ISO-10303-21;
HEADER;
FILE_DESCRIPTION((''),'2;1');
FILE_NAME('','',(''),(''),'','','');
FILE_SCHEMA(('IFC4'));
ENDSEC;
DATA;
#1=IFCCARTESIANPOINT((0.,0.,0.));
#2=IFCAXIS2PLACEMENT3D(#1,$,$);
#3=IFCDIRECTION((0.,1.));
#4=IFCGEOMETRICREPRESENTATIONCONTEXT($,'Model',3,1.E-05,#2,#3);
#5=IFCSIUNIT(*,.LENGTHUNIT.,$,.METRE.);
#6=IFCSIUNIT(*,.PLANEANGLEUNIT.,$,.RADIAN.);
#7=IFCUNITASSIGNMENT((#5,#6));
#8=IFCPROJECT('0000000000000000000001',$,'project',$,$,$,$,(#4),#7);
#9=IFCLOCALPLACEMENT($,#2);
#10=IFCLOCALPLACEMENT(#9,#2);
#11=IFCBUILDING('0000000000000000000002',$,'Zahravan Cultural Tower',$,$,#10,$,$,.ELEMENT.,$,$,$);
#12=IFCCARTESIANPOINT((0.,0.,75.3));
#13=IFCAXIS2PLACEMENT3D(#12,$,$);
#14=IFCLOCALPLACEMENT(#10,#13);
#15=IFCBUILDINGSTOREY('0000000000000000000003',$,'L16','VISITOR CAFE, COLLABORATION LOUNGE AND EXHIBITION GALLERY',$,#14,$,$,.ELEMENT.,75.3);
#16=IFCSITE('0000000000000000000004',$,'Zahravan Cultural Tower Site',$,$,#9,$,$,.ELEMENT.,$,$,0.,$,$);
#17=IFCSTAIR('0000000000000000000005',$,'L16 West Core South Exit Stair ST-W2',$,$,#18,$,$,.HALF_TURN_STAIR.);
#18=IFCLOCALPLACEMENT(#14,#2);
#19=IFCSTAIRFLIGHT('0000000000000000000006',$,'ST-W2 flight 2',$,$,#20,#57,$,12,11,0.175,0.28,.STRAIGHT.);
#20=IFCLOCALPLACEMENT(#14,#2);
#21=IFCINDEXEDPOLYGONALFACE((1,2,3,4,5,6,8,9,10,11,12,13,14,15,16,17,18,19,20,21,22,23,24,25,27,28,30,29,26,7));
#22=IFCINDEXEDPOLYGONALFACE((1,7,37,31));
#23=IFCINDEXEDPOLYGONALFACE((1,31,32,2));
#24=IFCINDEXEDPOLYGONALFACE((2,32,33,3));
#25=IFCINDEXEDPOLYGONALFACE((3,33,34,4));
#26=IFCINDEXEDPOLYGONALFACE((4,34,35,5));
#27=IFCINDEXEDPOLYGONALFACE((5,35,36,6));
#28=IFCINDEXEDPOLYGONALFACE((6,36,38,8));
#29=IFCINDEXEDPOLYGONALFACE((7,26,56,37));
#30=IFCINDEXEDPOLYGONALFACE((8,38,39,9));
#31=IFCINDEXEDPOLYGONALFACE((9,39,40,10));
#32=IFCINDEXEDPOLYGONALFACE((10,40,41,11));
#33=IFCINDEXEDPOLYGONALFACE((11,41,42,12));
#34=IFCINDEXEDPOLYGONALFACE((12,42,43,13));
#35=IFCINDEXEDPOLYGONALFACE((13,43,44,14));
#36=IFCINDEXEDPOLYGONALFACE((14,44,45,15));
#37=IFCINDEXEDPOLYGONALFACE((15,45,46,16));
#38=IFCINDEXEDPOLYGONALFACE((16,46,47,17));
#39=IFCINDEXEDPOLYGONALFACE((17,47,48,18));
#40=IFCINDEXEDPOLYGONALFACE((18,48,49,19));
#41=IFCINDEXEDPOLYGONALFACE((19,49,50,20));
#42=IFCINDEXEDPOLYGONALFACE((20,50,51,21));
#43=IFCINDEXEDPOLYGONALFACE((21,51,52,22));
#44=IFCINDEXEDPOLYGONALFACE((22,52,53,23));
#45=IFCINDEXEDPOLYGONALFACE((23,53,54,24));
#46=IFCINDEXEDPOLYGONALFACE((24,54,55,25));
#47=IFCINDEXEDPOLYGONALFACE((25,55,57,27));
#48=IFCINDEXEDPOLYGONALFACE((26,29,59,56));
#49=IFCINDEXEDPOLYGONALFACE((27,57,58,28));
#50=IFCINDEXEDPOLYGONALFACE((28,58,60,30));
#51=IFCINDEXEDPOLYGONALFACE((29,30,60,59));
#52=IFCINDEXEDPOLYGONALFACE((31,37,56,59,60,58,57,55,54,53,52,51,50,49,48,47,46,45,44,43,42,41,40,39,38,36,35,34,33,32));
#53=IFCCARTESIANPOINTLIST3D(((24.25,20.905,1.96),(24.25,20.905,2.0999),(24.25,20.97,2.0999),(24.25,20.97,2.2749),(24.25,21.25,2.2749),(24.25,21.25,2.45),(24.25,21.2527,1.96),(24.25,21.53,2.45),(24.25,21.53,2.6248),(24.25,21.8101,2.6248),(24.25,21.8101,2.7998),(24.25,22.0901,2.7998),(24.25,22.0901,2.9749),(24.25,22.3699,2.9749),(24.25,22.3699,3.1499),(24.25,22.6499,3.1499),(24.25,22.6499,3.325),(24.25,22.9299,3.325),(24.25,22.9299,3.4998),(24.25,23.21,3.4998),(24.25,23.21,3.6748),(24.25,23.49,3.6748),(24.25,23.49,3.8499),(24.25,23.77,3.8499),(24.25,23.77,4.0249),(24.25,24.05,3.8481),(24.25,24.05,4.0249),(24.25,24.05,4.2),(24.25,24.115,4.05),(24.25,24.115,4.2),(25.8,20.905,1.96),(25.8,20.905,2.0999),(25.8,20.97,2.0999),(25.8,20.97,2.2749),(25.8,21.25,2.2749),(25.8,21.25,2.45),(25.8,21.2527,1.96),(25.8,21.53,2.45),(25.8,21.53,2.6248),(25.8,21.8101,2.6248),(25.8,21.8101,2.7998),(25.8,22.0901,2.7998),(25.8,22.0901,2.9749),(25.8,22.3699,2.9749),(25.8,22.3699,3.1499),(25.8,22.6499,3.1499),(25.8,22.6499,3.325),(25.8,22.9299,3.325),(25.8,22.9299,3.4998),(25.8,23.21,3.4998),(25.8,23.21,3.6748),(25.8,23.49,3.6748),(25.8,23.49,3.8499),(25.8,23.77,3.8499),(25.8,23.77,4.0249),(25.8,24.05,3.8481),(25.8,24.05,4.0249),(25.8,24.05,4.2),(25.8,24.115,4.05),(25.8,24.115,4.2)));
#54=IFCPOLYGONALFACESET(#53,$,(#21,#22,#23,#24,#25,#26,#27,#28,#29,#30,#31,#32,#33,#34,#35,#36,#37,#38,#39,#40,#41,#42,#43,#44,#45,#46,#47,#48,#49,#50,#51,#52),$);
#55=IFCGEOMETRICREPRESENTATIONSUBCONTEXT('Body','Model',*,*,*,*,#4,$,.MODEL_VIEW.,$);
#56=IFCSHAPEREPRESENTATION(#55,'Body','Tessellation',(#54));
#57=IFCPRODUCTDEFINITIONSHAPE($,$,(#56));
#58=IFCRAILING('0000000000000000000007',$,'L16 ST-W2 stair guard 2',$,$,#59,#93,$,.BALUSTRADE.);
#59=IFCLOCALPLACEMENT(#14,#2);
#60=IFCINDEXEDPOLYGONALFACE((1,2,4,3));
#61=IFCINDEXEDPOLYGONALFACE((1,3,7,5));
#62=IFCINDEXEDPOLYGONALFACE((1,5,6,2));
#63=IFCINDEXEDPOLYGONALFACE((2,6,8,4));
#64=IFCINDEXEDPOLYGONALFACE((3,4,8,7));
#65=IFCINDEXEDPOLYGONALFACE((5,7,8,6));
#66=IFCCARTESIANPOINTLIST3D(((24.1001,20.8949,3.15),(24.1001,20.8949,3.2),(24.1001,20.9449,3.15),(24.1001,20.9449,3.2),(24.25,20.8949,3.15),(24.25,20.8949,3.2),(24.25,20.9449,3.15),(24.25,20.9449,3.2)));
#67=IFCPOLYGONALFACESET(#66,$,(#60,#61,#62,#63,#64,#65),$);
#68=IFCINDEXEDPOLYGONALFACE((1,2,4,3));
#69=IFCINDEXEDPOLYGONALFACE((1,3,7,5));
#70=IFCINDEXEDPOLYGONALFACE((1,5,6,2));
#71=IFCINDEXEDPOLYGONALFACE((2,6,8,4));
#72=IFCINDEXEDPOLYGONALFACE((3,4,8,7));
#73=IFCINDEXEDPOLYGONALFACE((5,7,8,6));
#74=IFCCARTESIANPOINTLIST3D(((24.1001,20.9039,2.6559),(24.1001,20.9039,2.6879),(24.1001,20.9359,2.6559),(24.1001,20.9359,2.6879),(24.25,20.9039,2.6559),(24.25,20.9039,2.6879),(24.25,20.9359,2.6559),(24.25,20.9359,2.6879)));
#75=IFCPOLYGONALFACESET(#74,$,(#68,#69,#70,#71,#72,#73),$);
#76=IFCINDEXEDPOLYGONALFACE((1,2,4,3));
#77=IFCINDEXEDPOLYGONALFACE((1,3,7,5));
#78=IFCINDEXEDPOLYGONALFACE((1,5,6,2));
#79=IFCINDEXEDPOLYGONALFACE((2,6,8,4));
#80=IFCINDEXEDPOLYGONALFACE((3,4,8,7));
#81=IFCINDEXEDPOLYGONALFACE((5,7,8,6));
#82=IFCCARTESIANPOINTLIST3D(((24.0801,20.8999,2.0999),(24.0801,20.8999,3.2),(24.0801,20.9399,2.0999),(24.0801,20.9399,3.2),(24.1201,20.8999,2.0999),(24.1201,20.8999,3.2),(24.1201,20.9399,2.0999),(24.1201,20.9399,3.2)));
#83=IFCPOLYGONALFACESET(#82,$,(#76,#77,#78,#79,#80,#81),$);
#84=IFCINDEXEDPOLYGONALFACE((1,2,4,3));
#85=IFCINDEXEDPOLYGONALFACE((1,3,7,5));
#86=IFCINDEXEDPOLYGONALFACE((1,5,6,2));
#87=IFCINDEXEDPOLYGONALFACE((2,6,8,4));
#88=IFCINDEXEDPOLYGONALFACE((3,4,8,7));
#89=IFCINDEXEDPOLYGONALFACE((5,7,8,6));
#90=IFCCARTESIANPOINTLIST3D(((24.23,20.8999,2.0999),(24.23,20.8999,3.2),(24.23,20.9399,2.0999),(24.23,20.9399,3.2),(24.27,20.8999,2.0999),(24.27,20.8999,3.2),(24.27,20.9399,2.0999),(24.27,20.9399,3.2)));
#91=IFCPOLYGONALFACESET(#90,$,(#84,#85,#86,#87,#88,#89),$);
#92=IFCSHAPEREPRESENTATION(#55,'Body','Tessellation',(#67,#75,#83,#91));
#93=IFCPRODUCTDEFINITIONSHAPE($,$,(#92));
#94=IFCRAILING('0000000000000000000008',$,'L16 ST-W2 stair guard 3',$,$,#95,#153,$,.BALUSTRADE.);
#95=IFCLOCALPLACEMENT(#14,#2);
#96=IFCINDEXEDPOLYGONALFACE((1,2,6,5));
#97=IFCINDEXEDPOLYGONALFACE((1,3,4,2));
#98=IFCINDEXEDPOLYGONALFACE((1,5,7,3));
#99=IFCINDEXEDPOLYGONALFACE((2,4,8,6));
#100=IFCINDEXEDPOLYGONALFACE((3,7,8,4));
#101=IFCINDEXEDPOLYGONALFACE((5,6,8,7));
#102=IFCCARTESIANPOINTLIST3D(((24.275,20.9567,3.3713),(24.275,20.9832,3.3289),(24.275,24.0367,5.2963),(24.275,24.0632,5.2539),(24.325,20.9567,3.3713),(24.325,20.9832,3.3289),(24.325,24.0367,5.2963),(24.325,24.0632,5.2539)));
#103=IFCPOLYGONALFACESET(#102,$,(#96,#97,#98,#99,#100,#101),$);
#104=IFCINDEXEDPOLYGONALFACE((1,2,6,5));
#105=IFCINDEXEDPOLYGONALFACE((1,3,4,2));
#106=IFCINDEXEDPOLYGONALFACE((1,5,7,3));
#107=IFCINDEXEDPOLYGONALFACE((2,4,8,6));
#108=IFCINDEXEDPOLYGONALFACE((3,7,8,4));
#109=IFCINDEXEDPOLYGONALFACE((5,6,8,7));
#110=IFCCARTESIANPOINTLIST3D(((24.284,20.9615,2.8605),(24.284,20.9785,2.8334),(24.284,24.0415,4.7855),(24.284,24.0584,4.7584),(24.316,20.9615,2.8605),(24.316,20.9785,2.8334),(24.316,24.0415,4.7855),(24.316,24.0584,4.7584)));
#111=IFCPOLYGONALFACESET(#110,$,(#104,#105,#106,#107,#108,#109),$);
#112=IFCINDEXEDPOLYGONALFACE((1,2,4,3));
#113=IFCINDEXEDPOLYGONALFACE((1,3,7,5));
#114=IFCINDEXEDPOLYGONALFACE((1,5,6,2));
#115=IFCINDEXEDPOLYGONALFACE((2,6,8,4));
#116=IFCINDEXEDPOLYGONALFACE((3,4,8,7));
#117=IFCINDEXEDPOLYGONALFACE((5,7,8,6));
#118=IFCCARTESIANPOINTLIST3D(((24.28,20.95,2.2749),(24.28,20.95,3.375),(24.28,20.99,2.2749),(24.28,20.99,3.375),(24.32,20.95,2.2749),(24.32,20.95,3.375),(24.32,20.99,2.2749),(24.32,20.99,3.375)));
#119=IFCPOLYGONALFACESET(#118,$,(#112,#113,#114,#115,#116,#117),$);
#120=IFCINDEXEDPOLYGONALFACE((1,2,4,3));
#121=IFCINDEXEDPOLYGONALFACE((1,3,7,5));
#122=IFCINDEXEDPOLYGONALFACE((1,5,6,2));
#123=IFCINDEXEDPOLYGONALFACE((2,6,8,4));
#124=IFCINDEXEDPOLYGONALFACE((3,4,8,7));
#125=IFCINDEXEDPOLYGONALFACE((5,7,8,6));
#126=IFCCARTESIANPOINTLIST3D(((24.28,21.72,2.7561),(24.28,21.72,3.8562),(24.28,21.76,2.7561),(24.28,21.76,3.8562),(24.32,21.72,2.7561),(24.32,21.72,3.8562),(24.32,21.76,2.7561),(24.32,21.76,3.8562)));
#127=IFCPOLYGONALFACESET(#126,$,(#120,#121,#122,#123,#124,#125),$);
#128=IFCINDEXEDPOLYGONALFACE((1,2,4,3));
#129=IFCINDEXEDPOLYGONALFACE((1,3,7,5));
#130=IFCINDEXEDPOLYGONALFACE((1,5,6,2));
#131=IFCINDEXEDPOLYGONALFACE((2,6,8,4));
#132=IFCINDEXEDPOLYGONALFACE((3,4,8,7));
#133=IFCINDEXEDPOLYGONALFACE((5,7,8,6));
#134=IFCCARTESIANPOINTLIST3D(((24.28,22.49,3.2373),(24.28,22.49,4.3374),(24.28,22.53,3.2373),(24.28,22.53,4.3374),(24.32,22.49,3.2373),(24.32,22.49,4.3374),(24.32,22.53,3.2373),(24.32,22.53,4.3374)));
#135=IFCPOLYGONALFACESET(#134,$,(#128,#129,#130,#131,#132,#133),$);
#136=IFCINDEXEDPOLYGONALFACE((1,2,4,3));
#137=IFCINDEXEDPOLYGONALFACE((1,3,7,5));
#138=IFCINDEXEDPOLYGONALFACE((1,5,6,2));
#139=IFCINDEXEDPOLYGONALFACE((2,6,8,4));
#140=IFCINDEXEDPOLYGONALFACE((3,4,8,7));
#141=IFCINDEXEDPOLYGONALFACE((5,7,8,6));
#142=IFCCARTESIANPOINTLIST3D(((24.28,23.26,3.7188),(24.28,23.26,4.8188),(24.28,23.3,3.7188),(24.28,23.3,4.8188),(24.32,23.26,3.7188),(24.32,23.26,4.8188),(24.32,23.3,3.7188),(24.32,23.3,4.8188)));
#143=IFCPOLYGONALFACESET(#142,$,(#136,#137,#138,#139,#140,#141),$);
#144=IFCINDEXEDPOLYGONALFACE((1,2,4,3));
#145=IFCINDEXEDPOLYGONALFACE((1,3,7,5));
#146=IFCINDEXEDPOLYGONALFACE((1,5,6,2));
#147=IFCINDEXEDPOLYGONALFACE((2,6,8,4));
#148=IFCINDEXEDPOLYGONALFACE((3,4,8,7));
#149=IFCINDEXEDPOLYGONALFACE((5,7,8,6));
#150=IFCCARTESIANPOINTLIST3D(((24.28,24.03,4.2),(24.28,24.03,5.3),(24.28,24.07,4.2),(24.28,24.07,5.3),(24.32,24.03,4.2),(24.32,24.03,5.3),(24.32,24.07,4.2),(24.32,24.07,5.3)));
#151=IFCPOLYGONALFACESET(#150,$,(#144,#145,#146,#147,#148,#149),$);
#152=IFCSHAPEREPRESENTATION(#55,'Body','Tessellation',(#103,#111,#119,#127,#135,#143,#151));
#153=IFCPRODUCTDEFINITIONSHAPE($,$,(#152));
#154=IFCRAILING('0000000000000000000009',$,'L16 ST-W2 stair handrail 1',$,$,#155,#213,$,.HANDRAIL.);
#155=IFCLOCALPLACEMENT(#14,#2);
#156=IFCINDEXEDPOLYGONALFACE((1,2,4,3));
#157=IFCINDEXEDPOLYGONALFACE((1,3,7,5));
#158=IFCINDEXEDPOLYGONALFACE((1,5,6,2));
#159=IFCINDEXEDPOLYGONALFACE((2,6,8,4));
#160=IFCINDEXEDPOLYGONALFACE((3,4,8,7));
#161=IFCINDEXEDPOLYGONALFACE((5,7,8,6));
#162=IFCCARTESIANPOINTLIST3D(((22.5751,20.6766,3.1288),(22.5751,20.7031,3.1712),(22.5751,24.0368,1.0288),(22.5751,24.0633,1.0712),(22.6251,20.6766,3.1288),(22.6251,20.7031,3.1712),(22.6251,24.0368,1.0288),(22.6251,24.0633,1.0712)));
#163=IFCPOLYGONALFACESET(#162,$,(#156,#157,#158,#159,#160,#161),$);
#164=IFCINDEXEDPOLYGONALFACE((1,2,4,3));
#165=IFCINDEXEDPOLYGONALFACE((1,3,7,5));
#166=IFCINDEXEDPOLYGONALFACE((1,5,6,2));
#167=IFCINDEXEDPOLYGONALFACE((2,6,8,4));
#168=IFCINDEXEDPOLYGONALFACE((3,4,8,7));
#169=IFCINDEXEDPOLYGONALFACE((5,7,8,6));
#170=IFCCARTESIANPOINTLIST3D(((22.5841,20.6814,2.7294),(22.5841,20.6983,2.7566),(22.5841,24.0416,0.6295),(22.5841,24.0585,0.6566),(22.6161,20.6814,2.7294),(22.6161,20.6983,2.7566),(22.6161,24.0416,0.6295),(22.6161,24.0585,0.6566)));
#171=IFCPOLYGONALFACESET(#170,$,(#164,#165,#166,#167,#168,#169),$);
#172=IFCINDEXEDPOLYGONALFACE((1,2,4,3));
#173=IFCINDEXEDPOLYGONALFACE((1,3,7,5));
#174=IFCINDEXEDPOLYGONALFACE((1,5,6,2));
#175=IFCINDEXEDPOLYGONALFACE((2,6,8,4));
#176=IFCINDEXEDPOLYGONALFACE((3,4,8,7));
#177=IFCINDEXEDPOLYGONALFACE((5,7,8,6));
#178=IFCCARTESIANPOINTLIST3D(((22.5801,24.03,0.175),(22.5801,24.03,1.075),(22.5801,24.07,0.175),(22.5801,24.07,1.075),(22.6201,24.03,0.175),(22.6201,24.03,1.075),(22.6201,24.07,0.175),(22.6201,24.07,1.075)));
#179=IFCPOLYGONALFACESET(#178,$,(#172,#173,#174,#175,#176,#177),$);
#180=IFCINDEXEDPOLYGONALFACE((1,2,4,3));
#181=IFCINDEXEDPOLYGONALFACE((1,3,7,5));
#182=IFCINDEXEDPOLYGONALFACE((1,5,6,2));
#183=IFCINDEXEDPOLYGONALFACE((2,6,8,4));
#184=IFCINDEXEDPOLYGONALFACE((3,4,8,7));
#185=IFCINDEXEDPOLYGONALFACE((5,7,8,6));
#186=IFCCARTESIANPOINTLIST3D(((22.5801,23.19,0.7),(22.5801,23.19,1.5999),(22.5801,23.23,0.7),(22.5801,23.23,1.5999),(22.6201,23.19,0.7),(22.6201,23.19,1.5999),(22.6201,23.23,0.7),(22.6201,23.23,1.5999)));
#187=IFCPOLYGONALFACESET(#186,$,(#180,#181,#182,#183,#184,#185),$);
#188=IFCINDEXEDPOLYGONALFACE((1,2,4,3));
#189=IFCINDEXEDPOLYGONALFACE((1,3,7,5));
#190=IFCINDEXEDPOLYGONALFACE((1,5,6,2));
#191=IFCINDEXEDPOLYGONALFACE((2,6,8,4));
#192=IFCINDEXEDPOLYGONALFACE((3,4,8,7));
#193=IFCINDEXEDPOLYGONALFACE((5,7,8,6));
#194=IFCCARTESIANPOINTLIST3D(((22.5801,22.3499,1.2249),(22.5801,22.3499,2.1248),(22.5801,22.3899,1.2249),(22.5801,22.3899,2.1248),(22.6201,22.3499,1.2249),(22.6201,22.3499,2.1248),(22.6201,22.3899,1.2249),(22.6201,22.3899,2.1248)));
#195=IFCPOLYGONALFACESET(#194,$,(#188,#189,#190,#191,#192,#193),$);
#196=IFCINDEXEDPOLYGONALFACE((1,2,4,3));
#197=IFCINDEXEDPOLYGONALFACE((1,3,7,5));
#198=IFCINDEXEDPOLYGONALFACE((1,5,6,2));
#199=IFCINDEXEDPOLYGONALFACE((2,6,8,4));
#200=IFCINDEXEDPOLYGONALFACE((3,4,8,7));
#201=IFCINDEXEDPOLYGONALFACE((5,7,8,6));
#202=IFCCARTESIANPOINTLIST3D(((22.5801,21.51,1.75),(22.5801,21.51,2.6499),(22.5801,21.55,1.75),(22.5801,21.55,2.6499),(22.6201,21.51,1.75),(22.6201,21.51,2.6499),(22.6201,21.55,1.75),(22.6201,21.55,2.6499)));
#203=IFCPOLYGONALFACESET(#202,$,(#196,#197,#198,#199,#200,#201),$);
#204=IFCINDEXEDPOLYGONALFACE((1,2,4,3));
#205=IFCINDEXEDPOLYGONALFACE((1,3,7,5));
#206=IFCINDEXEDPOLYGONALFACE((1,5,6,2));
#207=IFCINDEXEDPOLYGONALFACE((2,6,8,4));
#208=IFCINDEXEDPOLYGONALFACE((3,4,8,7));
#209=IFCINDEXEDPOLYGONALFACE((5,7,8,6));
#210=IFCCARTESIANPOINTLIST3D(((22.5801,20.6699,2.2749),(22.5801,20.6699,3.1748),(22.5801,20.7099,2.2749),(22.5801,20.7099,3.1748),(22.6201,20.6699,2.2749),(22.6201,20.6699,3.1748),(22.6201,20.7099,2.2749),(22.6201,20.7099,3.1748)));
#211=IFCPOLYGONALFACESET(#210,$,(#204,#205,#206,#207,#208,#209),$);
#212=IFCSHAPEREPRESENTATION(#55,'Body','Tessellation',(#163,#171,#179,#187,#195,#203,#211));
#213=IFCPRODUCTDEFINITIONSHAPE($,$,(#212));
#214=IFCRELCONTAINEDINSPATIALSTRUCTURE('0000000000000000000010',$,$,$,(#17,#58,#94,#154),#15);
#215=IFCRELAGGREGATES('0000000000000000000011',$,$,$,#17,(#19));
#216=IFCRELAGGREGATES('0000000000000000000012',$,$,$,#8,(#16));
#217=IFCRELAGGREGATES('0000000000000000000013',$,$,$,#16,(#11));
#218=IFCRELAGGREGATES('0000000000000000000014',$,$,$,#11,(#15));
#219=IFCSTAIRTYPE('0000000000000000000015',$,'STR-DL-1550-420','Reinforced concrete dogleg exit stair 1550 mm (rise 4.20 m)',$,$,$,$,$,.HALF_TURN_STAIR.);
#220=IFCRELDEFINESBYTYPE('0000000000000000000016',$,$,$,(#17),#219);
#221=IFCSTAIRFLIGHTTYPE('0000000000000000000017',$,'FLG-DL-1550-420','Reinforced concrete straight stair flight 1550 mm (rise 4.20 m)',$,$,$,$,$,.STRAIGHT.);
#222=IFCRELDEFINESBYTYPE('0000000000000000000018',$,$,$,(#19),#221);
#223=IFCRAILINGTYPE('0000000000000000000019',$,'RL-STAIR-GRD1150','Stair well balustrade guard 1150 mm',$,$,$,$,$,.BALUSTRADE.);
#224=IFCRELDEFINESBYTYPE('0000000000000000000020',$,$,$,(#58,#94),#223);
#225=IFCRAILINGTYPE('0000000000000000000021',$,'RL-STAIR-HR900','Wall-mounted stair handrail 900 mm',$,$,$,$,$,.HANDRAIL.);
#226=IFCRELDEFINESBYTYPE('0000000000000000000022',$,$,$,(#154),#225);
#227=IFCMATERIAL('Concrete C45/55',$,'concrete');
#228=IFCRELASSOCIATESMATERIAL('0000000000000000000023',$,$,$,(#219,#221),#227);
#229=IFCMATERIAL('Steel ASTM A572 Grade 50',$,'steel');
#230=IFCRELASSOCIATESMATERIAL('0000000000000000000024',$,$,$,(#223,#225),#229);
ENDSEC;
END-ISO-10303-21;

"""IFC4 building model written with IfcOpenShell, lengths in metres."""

from ifc_helpers import new_model, si_unit, direction, frame, origin, origin_2d, place, context, subcontext, project, spatial, polyline, rectangle, outline, extrude, material, type_object, element, aggregate, save


model = new_model("IFC4")

# Units and contexts
model_context = context("Model", 3, precision=1e-05, world=origin(), true_north=direction((0.0, 1.0)))
body_context = subcontext(model_context, "Body", "Model", "MODEL_VIEW")
ifc_project = project(units=[si_unit("LENGTHUNIT", "METRE"), si_unit("PLANEANGLEUNIT", "RADIAN")], contexts=[model_context])

# Site, building, storey
site_placement = place(None, origin())
site = spatial("IfcSite", under=ifc_project, at=site_placement, Name="Zahravan Cultural Tower Site", CompositionType="ELEMENT", RefElevation=0.0)
building_placement = place(site_placement, origin())
building = spatial("IfcBuilding", under=site, at=building_placement, Name="Zahravan Cultural Tower", CompositionType="ELEMENT")
storey_placement = place(building_placement, frame((0.0, 0.0, 75.3)))
storey = spatial("IfcBuildingStorey", under=building, at=storey_placement, Name="L16", Description="VISITOR CAFE, COLLABORATION LOUNGE AND EXHIBITION GALLERY", CompositionType="ELEMENT", Elevation=75.3)

# Shared definitions
ifc_material_1 = material(Name="Steel ASTM A572 Grade 50", Category="steel")

# Shared definitions
ifc_material_2 = material(Name="Concrete C45/55", Category="concrete")

# Stair, stair flight
stair_type = type_object("IfcStairType", Name="STR-DL-1550-420", Description="Reinforced concrete dogleg exit stair 1550 mm (rise 4.20 m)", PredefinedType="HALF_TURN_STAIR", material=ifc_material_2)
stair_placement = place(storey_placement, origin())
stair = element("IfcStair", 1, at=stair_placement, inside=storey, type_object=stair_type, Name="L16 West Core South Exit Stair ST-W2", PredefinedType="HALF_TURN_STAIR")
stair_flight_type = type_object("IfcStairFlightType", Name="FLG-DL-1550-420", Description="Reinforced concrete straight stair flight 1550 mm (rise 4.20 m)", PredefinedType="STRAIGHT", material=ifc_material_2)
stair_flight_1_placement = place(storey_placement, frame((25.0249, 20.97, 2.0999), z_axis=(0.0, 0.0, 1.0), x_axis=(0.0, 1.0, 0.0)))
stair_flight_1 = element("IfcStairFlight", 2, at=stair_flight_1_placement, type_object=stair_flight_type, Name="ST-W2 flight 2", NumberOfRisers=12, NumberOfTreads=11, PredefinedType="STRAIGHT", RiserHeight=0.175, TreadLength=0.28, context=body_context, shape_type="SweptSolid", body=[
    extrude(outline(polyline([(-0.0649, -0.1399), (-0.0649, 0.0), (0.0, 0.0), (0.0, 0.175), (0.28, 0.175), (0.28, 0.3501), (0.5601, 0.3501), (0.5601, 0.5249), (0.8401, 0.5249), (0.8401, 0.7), (1.1201, 0.7), (1.1201, 0.875), (1.3999, 0.875), (1.3999, 1.05), (1.6799, 1.05), (1.6799, 1.2251), (1.96, 1.2251), (1.96, 1.3999), (2.24, 1.3999), (2.24, 1.575), (2.52, 1.575), (2.52, 1.75), (2.8, 1.75), (2.8, 1.925), (3.0801, 1.925), (3.0801, 2.1001), (3.145, 2.1001), (3.145, 1.9502), (3.0801, 1.7483), (0.2827, -0.1399), (-0.0649, -0.1399)])), frame((0.0, 0.7749, 0.0), z_axis=(0.0, -1.0, 0.0), x_axis=(1.0, 0.0, 0.0)), (0.0, 0.0, 1.0), 1.55),
])
aggregate(stair, [stair_flight_1])

# Railings
railing_type_1 = type_object("IfcRailingType", Name="RL-STAIR-GRD1150", Description="Stair well balustrade guard 1150 mm", PredefinedType="BALUSTRADE", material=ifc_material_1)
railing_1_placement = place(storey_placement, frame((24.1001, 20.9199, 2.0999)))
element("IfcRailing", 3, at=railing_1_placement, inside=storey, type_object=railing_type_1, Name="L16 ST-W2 stair guard 2", PredefinedType="BALUSTRADE", context=body_context, shape_type="SweptSolid", body=[
    extrude(rectangle(XDim=0.05, YDim=0.05, at=origin_2d()), frame((0.0, 0.0, 1.0752), z_axis=(1.0, 0.0, 0.0), x_axis=(0.0, 1.0, 0.0)), (0.0, 0.0, 1.0), 0.1499),
    extrude(rectangle(XDim=0.032, YDim=0.032, at=origin_2d()), frame((0.0, 0.0, 0.572), z_axis=(1.0, 0.0, 0.0), x_axis=(0.0, 1.0, 0.0)), (0.0, 0.0, 1.0), 0.1499),
    extrude(rectangle(XDim=0.04, YDim=0.04, at=origin_2d()), origin(), (0.0, 0.0, 1.0), 1.1001),
    extrude(rectangle(XDim=0.04, YDim=0.04, at=origin_2d()), frame((0.1499, 0.0, 0.0)), (0.0, 0.0, 1.0), 1.1001),
])
railing_2_placement = place(storey_placement, frame((24.3, 20.97, 2.2749)))
element("IfcRailing", 4, at=railing_2_placement, inside=storey, type_object=railing_type_1, Name="L16 ST-W2 stair guard 3", PredefinedType="BALUSTRADE", context=body_context, shape_type="SweptSolid", body=[
    extrude(rectangle(XDim=0.05, YDim=0.05, at=origin_2d()), frame((0.0, 0.0, 1.0752), z_axis=(0.0, 0.847998, 0.529999), x_axis=(-1.0, 0.0, 0.0)), (0.0, 0.0, 1.0), 3.6321),
    extrude(rectangle(XDim=0.032, YDim=0.032, at=origin_2d()), frame((0.0, 0.0, 0.572), z_axis=(0.0, 0.847998, 0.529999), x_axis=(-1.0, 0.0, 0.0)), (0.0, 0.0, 1.0), 3.6321),
    extrude(rectangle(XDim=0.04, YDim=0.04, at=origin_2d()), origin(), (0.0, 0.0, 1.0), 1.1001),
    extrude(rectangle(XDim=0.04, YDim=0.04, at=origin_2d()), frame((0.0, 0.77, 0.4812)), (0.0, 0.0, 1.0), 1.1001),
    extrude(rectangle(XDim=0.04, YDim=0.04, at=origin_2d()), frame((0.0, 1.54, 0.9624)), (0.0, 0.0, 1.0), 1.1001),
    extrude(rectangle(XDim=0.04, YDim=0.04, at=origin_2d()), frame((0.0, 2.3101, 1.4438)), (0.0, 0.0, 1.0), 1.1001),
    extrude(rectangle(XDim=0.04, YDim=0.04, at=origin_2d()), frame((0.0, 3.0801, 1.925)), (0.0, 0.0, 1.0), 1.1001),
])
railing_type_2 = type_object("IfcRailingType", Name="RL-STAIR-HR900", Description="Wall-mounted stair handrail 900 mm", PredefinedType="HANDRAIL", material=ifc_material_1)
railing_3_placement = place(storey_placement, frame((22.6001, 24.05, 0.175)))
element("IfcRailing", 5, at=railing_3_placement, inside=storey, type_object=railing_type_2, Name="L16 ST-W2 stair handrail 1", PredefinedType="HANDRAIL", context=body_context, shape_type="SweptSolid", body=[
    extrude(rectangle(XDim=0.05, YDim=0.05, at=origin_2d()), frame((0.0, 0.0, 0.875), z_axis=(0.0, -0.848023, 0.52996), x_axis=(1.0, 0.0, 0.0)), (0.0, 0.0, 1.0), 3.9624),
    extrude(rectangle(XDim=0.032, YDim=0.032, at=origin_2d()), frame((0.0, 0.0, 0.468), z_axis=(0.0, -0.848023, 0.52996), x_axis=(1.0, 0.0, 0.0)), (0.0, 0.0, 1.0), 3.9624),
    extrude(rectangle(XDim=0.04, YDim=0.04, at=origin_2d()), origin(), (0.0, 0.0, 1.0), 0.8999),
    extrude(rectangle(XDim=0.04, YDim=0.04, at=origin_2d()), frame((0.0, -0.8401, 0.5249)), (0.0, 0.0, 1.0), 0.8999),
    extrude(rectangle(XDim=0.04, YDim=0.04, at=origin_2d()), frame((0.0, -1.6802, 1.0498)), (0.0, 0.0, 1.0), 0.8999),
    extrude(rectangle(XDim=0.04, YDim=0.04, at=origin_2d()), frame((0.0, -2.52, 1.575)), (0.0, 0.0, 1.0), 0.8999),
    extrude(rectangle(XDim=0.04, YDim=0.04, at=origin_2d()), frame((0.0, -3.3601, 2.0999)), (0.0, 0.0, 1.0), 0.8999),
])

save(model, "model.ifc")
